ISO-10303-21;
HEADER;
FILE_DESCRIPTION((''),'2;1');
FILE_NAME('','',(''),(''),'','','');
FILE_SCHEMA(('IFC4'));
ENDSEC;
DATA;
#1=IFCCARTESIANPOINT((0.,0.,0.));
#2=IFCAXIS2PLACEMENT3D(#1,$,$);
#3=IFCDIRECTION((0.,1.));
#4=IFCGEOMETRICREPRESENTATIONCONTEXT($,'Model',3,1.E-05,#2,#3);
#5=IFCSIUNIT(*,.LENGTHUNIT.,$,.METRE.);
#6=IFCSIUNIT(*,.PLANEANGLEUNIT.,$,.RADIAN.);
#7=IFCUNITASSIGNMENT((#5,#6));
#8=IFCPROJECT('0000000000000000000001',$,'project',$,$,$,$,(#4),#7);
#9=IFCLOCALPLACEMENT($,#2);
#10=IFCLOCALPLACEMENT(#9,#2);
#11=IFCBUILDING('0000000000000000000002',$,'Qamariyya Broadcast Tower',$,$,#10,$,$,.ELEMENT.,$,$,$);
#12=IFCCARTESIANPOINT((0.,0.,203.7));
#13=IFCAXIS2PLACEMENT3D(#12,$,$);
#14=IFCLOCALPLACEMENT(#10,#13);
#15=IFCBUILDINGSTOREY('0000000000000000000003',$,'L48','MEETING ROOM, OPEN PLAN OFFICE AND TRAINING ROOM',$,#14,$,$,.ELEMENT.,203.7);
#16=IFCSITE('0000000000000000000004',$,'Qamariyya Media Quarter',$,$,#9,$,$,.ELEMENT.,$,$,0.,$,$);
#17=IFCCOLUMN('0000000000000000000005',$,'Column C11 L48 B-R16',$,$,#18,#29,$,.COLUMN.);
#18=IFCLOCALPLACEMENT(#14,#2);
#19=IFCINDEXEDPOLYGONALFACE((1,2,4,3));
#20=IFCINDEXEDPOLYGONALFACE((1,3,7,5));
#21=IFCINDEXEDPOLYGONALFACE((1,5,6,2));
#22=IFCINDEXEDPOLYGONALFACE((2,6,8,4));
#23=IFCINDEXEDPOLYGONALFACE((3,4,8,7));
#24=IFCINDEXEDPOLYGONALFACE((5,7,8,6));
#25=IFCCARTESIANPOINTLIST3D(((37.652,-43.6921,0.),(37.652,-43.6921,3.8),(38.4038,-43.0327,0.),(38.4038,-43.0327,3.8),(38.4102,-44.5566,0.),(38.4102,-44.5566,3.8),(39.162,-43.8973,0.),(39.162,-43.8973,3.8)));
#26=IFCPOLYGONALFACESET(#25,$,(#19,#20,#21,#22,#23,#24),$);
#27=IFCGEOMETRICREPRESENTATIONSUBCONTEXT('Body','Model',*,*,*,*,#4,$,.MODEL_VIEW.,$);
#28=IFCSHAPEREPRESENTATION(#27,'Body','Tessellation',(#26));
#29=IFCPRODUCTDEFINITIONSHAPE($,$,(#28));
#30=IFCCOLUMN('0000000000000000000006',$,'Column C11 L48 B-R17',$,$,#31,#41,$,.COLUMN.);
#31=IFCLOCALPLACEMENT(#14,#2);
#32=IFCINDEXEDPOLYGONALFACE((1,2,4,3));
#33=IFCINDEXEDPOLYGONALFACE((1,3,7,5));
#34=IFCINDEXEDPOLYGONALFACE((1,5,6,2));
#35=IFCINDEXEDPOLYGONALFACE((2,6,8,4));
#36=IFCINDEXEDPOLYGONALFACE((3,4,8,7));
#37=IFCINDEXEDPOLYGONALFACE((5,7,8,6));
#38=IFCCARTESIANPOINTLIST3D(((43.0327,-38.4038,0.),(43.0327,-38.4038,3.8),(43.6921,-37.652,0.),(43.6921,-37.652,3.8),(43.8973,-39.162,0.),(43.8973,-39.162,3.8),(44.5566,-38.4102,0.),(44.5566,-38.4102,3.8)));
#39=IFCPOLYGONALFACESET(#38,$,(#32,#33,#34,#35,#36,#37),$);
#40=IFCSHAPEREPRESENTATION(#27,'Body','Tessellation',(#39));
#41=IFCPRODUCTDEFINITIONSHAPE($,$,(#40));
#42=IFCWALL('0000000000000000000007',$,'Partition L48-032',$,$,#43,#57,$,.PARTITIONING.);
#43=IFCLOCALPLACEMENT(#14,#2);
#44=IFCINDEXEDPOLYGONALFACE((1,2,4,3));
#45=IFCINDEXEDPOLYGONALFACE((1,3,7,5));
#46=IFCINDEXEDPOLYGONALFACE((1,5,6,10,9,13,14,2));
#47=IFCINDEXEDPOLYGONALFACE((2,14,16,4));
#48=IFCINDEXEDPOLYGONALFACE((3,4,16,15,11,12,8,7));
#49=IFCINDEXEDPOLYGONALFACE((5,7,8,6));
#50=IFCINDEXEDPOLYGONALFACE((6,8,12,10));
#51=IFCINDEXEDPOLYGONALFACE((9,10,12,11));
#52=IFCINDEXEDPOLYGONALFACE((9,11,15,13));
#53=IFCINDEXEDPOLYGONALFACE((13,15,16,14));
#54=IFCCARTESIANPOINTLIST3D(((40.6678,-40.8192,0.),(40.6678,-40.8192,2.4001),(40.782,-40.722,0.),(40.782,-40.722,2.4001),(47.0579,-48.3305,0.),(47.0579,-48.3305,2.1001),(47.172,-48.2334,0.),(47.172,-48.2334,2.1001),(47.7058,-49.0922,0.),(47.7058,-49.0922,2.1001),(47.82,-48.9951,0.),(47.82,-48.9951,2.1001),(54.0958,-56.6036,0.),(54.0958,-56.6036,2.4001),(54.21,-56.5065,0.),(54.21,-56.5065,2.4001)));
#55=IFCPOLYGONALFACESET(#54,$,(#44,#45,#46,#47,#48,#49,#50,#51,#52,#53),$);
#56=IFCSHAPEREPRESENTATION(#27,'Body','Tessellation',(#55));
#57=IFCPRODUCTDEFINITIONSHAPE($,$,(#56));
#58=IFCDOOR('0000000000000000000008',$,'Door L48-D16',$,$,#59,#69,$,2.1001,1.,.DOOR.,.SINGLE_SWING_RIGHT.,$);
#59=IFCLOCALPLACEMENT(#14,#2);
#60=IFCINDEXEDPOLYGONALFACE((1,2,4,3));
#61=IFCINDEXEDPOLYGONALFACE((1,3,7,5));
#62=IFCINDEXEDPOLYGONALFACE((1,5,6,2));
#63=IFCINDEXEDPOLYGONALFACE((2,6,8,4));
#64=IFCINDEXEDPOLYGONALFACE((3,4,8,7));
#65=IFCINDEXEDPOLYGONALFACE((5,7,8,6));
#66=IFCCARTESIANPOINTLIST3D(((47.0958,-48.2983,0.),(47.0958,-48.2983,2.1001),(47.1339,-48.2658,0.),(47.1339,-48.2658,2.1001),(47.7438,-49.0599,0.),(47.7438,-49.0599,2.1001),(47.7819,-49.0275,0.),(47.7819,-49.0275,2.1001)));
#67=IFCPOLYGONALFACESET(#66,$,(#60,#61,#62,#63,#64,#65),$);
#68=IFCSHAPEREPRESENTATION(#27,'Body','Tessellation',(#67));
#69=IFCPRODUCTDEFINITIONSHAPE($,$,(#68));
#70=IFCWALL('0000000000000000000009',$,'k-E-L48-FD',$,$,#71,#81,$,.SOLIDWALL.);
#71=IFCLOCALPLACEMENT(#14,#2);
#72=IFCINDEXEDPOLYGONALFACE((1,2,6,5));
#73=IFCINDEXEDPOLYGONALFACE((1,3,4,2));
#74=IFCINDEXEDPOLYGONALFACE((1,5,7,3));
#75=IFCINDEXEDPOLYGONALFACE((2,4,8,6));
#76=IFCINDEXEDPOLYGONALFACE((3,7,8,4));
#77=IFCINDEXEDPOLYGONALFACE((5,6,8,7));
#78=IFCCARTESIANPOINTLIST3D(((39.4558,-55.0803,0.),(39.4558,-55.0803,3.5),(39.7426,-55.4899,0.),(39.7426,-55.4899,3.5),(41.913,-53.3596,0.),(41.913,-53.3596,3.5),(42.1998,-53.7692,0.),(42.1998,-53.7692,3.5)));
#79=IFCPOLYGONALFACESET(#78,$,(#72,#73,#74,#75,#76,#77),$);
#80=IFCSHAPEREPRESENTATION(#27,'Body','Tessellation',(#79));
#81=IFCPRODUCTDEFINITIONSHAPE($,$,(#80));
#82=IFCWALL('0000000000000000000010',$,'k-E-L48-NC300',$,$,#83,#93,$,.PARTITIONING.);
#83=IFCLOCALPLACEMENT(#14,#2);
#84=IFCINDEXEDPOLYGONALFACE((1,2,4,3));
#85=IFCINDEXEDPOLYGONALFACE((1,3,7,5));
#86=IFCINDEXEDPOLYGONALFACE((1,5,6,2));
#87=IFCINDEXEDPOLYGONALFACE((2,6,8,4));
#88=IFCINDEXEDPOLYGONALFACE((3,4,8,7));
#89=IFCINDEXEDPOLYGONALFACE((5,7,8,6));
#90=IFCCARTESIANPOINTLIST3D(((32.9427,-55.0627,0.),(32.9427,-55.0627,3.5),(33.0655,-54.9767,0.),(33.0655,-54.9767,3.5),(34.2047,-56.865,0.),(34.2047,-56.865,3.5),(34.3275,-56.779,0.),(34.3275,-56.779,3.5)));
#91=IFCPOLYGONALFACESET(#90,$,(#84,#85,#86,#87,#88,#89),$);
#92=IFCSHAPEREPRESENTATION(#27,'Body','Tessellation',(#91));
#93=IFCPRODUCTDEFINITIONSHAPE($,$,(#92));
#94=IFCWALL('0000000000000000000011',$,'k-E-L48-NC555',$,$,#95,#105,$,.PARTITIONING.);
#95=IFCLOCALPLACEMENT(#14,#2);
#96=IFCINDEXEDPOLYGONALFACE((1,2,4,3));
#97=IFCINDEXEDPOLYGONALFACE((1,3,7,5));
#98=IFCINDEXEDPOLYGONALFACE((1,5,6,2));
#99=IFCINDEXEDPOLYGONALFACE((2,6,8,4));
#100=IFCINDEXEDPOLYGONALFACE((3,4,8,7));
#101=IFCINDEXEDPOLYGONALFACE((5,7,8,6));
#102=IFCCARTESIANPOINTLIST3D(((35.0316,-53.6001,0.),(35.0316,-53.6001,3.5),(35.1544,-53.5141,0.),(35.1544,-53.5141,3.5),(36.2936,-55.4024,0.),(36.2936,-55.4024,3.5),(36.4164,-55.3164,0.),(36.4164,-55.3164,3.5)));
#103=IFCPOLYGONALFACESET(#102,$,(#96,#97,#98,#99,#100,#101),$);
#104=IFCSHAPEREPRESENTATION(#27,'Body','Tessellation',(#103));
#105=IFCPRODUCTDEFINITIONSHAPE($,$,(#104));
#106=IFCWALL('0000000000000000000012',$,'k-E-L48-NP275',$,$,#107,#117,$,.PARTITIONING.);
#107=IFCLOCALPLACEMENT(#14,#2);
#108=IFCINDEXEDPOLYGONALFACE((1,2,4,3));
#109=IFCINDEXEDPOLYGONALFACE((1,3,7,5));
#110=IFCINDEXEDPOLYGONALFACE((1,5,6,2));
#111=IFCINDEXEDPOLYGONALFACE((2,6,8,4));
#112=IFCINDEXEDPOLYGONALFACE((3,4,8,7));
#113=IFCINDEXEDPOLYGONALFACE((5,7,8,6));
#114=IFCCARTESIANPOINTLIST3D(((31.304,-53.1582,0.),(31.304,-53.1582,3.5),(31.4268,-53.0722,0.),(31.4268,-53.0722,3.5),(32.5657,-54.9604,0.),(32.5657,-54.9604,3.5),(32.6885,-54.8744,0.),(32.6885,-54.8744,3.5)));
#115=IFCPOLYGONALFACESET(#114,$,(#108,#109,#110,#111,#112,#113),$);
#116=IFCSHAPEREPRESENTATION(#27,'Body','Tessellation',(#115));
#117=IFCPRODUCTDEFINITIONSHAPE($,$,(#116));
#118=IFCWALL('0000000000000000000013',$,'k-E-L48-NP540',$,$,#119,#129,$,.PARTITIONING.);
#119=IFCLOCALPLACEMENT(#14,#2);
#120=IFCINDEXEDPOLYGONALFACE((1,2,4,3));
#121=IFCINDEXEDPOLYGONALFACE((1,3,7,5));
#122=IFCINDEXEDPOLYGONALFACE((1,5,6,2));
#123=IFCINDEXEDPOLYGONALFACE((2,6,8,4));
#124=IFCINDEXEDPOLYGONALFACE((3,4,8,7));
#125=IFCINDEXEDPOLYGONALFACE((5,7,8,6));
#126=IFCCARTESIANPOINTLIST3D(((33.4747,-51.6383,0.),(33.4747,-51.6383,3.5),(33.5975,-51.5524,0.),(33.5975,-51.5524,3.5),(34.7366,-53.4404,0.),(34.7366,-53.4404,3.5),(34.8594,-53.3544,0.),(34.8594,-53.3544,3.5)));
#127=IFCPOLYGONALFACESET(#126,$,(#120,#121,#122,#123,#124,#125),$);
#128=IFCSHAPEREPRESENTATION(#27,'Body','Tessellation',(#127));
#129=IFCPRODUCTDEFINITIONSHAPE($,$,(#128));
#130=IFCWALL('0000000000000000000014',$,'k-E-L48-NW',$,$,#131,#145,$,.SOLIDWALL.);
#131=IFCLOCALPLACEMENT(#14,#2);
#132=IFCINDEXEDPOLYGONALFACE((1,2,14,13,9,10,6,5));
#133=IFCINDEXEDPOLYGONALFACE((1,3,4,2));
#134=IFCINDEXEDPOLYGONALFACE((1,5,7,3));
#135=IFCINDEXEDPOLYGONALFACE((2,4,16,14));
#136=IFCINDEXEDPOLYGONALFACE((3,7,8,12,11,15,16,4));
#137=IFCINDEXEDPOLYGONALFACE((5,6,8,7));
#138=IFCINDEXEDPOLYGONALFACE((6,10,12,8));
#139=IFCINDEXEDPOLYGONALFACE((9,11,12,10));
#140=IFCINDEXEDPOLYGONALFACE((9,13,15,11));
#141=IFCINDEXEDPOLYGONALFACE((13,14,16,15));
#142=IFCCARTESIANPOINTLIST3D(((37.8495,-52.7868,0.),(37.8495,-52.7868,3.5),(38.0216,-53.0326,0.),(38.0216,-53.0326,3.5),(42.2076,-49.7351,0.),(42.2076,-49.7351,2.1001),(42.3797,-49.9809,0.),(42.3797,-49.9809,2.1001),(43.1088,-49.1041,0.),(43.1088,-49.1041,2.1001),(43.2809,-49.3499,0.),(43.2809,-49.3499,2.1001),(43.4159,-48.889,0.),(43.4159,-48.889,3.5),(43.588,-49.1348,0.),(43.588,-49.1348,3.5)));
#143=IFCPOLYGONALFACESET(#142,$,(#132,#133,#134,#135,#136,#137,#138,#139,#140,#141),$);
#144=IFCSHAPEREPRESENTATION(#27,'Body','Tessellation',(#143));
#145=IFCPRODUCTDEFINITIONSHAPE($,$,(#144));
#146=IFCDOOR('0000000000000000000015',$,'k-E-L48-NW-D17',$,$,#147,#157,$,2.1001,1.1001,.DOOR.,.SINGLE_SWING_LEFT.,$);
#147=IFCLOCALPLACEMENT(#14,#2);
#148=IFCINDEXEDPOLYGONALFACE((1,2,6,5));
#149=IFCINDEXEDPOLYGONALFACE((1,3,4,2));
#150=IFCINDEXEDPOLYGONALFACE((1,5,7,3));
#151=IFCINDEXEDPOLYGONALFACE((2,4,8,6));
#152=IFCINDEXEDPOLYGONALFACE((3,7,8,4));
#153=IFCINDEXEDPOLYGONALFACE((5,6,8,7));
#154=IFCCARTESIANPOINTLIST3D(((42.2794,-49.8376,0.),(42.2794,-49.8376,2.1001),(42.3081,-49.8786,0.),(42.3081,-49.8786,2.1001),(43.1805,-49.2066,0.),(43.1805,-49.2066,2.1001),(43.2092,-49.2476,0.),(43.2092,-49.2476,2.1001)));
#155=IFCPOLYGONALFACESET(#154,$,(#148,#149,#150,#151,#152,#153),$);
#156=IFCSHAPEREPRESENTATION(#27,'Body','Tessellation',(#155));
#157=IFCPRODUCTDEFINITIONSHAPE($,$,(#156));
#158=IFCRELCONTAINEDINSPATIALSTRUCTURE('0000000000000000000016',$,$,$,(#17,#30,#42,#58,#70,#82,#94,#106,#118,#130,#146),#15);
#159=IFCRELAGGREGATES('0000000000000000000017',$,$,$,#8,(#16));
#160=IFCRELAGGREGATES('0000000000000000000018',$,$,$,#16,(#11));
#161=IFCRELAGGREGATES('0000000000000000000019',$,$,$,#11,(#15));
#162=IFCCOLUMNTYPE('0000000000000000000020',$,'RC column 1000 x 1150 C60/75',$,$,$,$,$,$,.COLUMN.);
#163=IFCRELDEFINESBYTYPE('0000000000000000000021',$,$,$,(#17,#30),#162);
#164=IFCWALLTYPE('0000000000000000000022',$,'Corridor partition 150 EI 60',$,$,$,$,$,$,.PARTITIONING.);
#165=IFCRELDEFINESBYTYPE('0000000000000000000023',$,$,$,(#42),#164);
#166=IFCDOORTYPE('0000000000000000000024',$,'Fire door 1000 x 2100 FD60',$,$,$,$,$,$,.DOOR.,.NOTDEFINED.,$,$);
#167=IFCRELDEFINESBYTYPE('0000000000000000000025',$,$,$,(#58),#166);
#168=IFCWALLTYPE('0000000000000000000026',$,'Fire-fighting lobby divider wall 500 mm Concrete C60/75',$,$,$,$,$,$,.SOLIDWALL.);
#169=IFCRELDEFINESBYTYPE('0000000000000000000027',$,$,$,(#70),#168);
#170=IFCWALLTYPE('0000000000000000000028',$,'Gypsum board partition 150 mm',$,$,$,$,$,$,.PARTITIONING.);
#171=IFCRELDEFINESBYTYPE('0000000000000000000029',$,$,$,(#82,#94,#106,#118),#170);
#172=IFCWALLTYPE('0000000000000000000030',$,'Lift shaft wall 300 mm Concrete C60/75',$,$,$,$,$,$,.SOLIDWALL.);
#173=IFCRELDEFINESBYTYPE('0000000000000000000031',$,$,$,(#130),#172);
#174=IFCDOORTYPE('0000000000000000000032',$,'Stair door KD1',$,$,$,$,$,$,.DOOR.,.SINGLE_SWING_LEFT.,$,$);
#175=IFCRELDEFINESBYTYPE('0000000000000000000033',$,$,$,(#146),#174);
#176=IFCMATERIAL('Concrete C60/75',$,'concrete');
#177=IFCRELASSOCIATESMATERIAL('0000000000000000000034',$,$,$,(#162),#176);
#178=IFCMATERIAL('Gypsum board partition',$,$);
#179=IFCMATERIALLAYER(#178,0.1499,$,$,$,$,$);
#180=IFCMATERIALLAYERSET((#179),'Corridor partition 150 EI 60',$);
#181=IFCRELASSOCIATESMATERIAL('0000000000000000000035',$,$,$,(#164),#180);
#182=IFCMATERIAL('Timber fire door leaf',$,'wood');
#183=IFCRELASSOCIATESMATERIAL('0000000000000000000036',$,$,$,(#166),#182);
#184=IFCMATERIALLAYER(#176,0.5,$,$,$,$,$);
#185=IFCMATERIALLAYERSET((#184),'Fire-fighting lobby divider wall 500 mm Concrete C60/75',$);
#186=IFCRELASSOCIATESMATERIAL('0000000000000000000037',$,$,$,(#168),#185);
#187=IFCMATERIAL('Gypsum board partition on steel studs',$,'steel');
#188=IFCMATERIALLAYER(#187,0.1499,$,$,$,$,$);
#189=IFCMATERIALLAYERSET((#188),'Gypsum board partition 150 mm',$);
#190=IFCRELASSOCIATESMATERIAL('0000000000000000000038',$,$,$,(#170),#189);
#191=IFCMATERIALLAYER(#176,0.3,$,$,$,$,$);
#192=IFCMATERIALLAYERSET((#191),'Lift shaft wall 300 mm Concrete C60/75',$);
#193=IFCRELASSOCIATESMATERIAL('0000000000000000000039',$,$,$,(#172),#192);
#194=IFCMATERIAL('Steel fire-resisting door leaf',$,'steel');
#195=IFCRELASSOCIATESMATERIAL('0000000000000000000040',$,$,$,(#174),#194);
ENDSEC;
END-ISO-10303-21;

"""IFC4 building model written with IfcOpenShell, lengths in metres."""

from ifc_helpers import new_model, si_unit, direction, frame, frame_2d, origin, origin_2d, place, context, subcontext, project, spatial, rectangle, extrude, material, layer, layer_set, material_profile, profile_set, type_object, element, fill, save


model = new_model("IFC4")

# Units and contexts
model_context = context("Model", 3, precision=1e-05, world=origin(), true_north=direction((0.0, 1.0)))
body_context = subcontext(model_context, "Body", "Model", "MODEL_VIEW")
ifc_project = project(units=[si_unit("LENGTHUNIT", "METRE"), si_unit("PLANEANGLEUNIT", "RADIAN")], contexts=[model_context])

# Site, building, storey
site_placement = place(None, origin())
site = spatial("IfcSite", under=ifc_project, at=site_placement, Name="Qamariyya Media Quarter", CompositionType="ELEMENT", RefElevation=0.0)
building_placement = place(site_placement, origin())
building = spatial("IfcBuilding", under=site, at=building_placement, Name="Qamariyya Broadcast Tower", CompositionType="ELEMENT")
storey_placement = place(building_placement, frame((0.0, 0.0, 203.7)))
storey = spatial("IfcBuildingStorey", under=building, at=storey_placement, Name="L48", Description="MEETING ROOM, OPEN PLAN OFFICE AND TRAINING ROOM", CompositionType="ELEMENT", Elevation=203.7)

# Columns
ifc_material_1 = material(Name="Concrete C60/75", Category="concrete")
ifc_material_profile = material_profile(ifc_material_1, rectangle(XDim=1.0, YDim=1.1499, at=origin_2d()))
ifc_profile_set = profile_set([ifc_material_profile], Name="Concrete C60/75")
column_type = type_object("IfcColumnType", Name="RC column 1000 x 1150 C60/75", PredefinedType="COLUMN", material=ifc_profile_set)
for number, where, z_axis, x_axis, name in (
    (1, (38.407, -43.7947, 0.0), (0.0, 0.0, 1.0), (0.75184, 0.659346, 0.0), "Column C11 L48 B-R16"),
    (2, (43.7947, -38.407, 0.0), (0.0, 0.0, 1.0), (0.659346, 0.75184, 0.0), "Column C11 L48 B-R17"),
):
    element("IfcColumn", number, at=place(storey_placement, frame(where, z_axis=z_axis, x_axis=x_axis)), inside=storey, type_object=column_type, Name=name, PredefinedType="COLUMN", context=body_context, shape_type="SweptSolid", body=[
        extrude(rectangle(XDim=1.0, YDim=1.1499, at=origin_2d()), origin(), (0.0, 0.0, 1.0), 3.8),
    ])

# Wall, opening, door
ifc_material_2 = material(Name="Gypsum board partition")
ifc_layer_1 = layer(ifc_material_2, 0.1499)
ifc_layer_set_1 = layer_set([ifc_layer_1], Name="Corridor partition 150 EI 60")
wall_type_1 = type_object("IfcWallType", Name="Corridor partition 150 EI 60", PredefinedType="PARTITIONING", material=ifc_layer_set_1)
wall_1_placement = place(storey_placement, frame((40.7249, -40.7705, 0.0), z_axis=(0.0, 0.0, 1.0), x_axis=(0.647963, -0.761672, 0.0)))
wall_1 = element("IfcWall", 3, at=wall_1_placement, inside=storey, type_object=wall_type_1, Name="Partition L48-032", PredefinedType="PARTITIONING", context=body_context, shape_type="SweptSolid", body=[
    extrude(rectangle(XDim=20.7234, YDim=0.1499, at=frame_2d((10.3618, 0.0))), origin(), (0.0, 0.0, 1.0), 2.4001),
])
opening_1_placement = place(wall_1_placement, frame((9.8618, 0.0, 0.0)))
opening_1 = element("IfcOpeningElement", 4, at=opening_1_placement, cuts=wall_1, PredefinedType="OPENING", context=body_context, shape_type="SweptSolid", body=[
    extrude(rectangle(XDim=1.0, YDim=2.1001, at=frame_2d((0.5, 1.05))), frame((0.0, 0.085, 0.0), z_axis=(0.0, -1.0, 0.0), x_axis=(1.0, 0.0, 0.0)), (0.0, 0.0, 1.0), 0.1699),
])
ifc_material_3 = material(Name="Timber fire door leaf", Category="wood")
door_type_1 = type_object("IfcDoorType", Name="Fire door 1000 x 2100 FD60", OperationType="NOTDEFINED", PredefinedType="DOOR", material=ifc_material_3)
door_1_placement = place(opening_1_placement, origin())
door_1 = element("IfcDoor", 5, at=door_1_placement, inside=storey, type_object=door_type_1, Name="Door L48-D16", OperationType="SINGLE_SWING_RIGHT", OverallHeight=2.1001, OverallWidth=1.0, PredefinedType="DOOR", context=body_context, shape_type="SweptSolid", body=[
    extrude(rectangle(XDim=1.0, YDim=2.1001, at=frame_2d((0.5, 1.05))), frame((0.0, 0.0249, 0.0), z_axis=(0.0, -1.0, 0.0), x_axis=(1.0, 0.0, 0.0)), (0.0, 0.0, 1.0), 0.05),
])
fill(opening_1, door_1)

# Walls
ifc_layer_2 = layer(ifc_material_1, 0.5)
ifc_layer_set_2 = layer_set([ifc_layer_2], Name="Fire-fighting lobby divider wall 500 mm Concrete C60/75")
wall_type_2 = type_object("IfcWallType", Name="Fire-fighting lobby divider wall 500 mm Concrete C60/75", PredefinedType="SOLIDWALL", material=ifc_layer_set_2)
wall_2_placement = place(storey_placement, frame((39.5991, -55.2852, 0.0), z_axis=(0.0, 0.0, 1.0), x_axis=(0.819136, 0.573599, 0.0)))
element("IfcWall", 6, at=wall_2_placement, inside=storey, type_object=wall_type_2, Name="k-E-L48-FD", PredefinedType="SOLIDWALL", context=body_context, shape_type="SweptSolid", body=[
    extrude(rectangle(XDim=2.9998, YDim=0.5, at=frame_2d((1.5, 0.0))), origin(), (0.0, 0.0, 1.0), 3.5),
])
ifc_material_4 = material(Name="Gypsum board partition on steel studs", Category="steel")
ifc_layer_3 = layer(ifc_material_4, 0.1499)
ifc_layer_set_3 = layer_set([ifc_layer_3], Name="Gypsum board partition 150 mm")
wall_type_3 = type_object("IfcWallType", Name="Gypsum board partition 150 mm", PredefinedType="PARTITIONING", material=ifc_layer_set_3)
for number, where, z_axis, x_axis, name in (
    (7, (34.2661, -56.822, 0.0), (0.0, 0.0, 1.0), (-0.573581, 0.819149, 0.0), "k-E-L48-NC300"),
    (8, (36.355, -55.3594, 0.0), (0.0, 0.0, 1.0), (-0.573581, 0.819149, 0.0), "k-E-L48-NC555"),
):
    element("IfcWall", number, at=place(storey_placement, frame(where, z_axis=z_axis, x_axis=x_axis)), inside=storey, type_object=wall_type_3, Name=name, PredefinedType="PARTITIONING", context=body_context, shape_type="SweptSolid", body=[
        extrude(rectangle(XDim=2.2002, YDim=0.1499, at=frame_2d((1.1001, 0.0))), origin(), (0.0, 0.0, 1.0), 3.5),
    ])
for number, where, z_axis, x_axis, name in (
    (9, (32.6272, -54.9175, 0.0), (0.0, 0.0, 1.0), (-0.573507, 0.819201, 0.0), "k-E-L48-NP275"),
    (10, (34.7981, -53.3975, 0.0), (0.0, 0.0, 1.0), (-0.573634, 0.819112, 0.0), "k-E-L48-NP540"),
):
    element("IfcWall", number, at=place(storey_placement, frame(where, z_axis=z_axis, x_axis=x_axis)), inside=storey, type_object=wall_type_3, Name=name, PredefinedType="PARTITIONING", context=body_context, shape_type="SweptSolid", body=[
        extrude(rectangle(XDim=2.2, YDim=0.1499, at=frame_2d((1.1001, 0.0))), origin(), (0.0, 0.0, 1.0), 3.5),
    ])

# Wall, opening, door
ifc_layer_4 = layer(ifc_material_1, 0.3)
ifc_layer_set_4 = layer_set([ifc_layer_4], Name="Lift shaft wall 300 mm Concrete C60/75")
wall_type_4 = type_object("IfcWallType", Name="Lift shaft wall 300 mm Concrete C60/75", PredefinedType="SOLIDWALL", material=ifc_layer_set_4)
wall_3_placement = place(storey_placement, frame((37.9355, -52.9097, 0.0), z_axis=(0.0, 0.0, 1.0), x_axis=(0.819148, 0.573583, 0.0)))
wall_3 = element("IfcWall", 11, at=wall_3_placement, inside=storey, type_object=wall_type_4, Name="k-E-L48-NW", PredefinedType="SOLIDWALL", context=body_context, shape_type="SweptSolid", body=[
    extrude(rectangle(XDim=6.7954, YDim=0.3, at=frame_2d((3.3977, 0.0))), origin(), (0.0, 0.0, 1.0), 3.5),
])
opening_2_placement = place(wall_3_placement, frame((5.3203, 0.0, 0.0)))
opening_2 = element("IfcOpeningElement", 12, at=opening_2_placement, cuts=wall_3, PredefinedType="OPENING", context=body_context, shape_type="SweptSolid", body=[
    extrude(rectangle(XDim=1.1001, YDim=2.1001, at=frame_2d((0.55, 1.05))), frame((0.0, 0.1599, 0.0), z_axis=(0.0, -1.0, 0.0), x_axis=(1.0, 0.0, 0.0)), (0.0, 0.0, 1.0), 0.3201),
])
ifc_material_5 = material(Name="Steel fire-resisting door leaf", Category="steel")
door_type_2 = type_object("IfcDoorType", Name="Stair door KD1", OperationType="SINGLE_SWING_LEFT", PredefinedType="DOOR", material=ifc_material_5)
door_2_placement = place(opening_2_placement, origin())
door_2 = element("IfcDoor", 13, at=door_2_placement, inside=storey, type_object=door_type_2, Name="k-E-L48-NW-D17", OperationType="SINGLE_SWING_LEFT", OverallHeight=2.1001, OverallWidth=1.1001, PredefinedType="DOOR", context=body_context, shape_type="SweptSolid", body=[
    extrude(rectangle(XDim=1.1001, YDim=2.1001, at=frame_2d((0.55, 1.05))), frame((0.0, 0.0249, 0.0), z_axis=(0.0, -1.0, 0.0), x_axis=(1.0, 0.0, 0.0)), (0.0, 0.0, 1.0), 0.05),
])
fill(opening_2, door_2)

save(model, "model.ifc")
